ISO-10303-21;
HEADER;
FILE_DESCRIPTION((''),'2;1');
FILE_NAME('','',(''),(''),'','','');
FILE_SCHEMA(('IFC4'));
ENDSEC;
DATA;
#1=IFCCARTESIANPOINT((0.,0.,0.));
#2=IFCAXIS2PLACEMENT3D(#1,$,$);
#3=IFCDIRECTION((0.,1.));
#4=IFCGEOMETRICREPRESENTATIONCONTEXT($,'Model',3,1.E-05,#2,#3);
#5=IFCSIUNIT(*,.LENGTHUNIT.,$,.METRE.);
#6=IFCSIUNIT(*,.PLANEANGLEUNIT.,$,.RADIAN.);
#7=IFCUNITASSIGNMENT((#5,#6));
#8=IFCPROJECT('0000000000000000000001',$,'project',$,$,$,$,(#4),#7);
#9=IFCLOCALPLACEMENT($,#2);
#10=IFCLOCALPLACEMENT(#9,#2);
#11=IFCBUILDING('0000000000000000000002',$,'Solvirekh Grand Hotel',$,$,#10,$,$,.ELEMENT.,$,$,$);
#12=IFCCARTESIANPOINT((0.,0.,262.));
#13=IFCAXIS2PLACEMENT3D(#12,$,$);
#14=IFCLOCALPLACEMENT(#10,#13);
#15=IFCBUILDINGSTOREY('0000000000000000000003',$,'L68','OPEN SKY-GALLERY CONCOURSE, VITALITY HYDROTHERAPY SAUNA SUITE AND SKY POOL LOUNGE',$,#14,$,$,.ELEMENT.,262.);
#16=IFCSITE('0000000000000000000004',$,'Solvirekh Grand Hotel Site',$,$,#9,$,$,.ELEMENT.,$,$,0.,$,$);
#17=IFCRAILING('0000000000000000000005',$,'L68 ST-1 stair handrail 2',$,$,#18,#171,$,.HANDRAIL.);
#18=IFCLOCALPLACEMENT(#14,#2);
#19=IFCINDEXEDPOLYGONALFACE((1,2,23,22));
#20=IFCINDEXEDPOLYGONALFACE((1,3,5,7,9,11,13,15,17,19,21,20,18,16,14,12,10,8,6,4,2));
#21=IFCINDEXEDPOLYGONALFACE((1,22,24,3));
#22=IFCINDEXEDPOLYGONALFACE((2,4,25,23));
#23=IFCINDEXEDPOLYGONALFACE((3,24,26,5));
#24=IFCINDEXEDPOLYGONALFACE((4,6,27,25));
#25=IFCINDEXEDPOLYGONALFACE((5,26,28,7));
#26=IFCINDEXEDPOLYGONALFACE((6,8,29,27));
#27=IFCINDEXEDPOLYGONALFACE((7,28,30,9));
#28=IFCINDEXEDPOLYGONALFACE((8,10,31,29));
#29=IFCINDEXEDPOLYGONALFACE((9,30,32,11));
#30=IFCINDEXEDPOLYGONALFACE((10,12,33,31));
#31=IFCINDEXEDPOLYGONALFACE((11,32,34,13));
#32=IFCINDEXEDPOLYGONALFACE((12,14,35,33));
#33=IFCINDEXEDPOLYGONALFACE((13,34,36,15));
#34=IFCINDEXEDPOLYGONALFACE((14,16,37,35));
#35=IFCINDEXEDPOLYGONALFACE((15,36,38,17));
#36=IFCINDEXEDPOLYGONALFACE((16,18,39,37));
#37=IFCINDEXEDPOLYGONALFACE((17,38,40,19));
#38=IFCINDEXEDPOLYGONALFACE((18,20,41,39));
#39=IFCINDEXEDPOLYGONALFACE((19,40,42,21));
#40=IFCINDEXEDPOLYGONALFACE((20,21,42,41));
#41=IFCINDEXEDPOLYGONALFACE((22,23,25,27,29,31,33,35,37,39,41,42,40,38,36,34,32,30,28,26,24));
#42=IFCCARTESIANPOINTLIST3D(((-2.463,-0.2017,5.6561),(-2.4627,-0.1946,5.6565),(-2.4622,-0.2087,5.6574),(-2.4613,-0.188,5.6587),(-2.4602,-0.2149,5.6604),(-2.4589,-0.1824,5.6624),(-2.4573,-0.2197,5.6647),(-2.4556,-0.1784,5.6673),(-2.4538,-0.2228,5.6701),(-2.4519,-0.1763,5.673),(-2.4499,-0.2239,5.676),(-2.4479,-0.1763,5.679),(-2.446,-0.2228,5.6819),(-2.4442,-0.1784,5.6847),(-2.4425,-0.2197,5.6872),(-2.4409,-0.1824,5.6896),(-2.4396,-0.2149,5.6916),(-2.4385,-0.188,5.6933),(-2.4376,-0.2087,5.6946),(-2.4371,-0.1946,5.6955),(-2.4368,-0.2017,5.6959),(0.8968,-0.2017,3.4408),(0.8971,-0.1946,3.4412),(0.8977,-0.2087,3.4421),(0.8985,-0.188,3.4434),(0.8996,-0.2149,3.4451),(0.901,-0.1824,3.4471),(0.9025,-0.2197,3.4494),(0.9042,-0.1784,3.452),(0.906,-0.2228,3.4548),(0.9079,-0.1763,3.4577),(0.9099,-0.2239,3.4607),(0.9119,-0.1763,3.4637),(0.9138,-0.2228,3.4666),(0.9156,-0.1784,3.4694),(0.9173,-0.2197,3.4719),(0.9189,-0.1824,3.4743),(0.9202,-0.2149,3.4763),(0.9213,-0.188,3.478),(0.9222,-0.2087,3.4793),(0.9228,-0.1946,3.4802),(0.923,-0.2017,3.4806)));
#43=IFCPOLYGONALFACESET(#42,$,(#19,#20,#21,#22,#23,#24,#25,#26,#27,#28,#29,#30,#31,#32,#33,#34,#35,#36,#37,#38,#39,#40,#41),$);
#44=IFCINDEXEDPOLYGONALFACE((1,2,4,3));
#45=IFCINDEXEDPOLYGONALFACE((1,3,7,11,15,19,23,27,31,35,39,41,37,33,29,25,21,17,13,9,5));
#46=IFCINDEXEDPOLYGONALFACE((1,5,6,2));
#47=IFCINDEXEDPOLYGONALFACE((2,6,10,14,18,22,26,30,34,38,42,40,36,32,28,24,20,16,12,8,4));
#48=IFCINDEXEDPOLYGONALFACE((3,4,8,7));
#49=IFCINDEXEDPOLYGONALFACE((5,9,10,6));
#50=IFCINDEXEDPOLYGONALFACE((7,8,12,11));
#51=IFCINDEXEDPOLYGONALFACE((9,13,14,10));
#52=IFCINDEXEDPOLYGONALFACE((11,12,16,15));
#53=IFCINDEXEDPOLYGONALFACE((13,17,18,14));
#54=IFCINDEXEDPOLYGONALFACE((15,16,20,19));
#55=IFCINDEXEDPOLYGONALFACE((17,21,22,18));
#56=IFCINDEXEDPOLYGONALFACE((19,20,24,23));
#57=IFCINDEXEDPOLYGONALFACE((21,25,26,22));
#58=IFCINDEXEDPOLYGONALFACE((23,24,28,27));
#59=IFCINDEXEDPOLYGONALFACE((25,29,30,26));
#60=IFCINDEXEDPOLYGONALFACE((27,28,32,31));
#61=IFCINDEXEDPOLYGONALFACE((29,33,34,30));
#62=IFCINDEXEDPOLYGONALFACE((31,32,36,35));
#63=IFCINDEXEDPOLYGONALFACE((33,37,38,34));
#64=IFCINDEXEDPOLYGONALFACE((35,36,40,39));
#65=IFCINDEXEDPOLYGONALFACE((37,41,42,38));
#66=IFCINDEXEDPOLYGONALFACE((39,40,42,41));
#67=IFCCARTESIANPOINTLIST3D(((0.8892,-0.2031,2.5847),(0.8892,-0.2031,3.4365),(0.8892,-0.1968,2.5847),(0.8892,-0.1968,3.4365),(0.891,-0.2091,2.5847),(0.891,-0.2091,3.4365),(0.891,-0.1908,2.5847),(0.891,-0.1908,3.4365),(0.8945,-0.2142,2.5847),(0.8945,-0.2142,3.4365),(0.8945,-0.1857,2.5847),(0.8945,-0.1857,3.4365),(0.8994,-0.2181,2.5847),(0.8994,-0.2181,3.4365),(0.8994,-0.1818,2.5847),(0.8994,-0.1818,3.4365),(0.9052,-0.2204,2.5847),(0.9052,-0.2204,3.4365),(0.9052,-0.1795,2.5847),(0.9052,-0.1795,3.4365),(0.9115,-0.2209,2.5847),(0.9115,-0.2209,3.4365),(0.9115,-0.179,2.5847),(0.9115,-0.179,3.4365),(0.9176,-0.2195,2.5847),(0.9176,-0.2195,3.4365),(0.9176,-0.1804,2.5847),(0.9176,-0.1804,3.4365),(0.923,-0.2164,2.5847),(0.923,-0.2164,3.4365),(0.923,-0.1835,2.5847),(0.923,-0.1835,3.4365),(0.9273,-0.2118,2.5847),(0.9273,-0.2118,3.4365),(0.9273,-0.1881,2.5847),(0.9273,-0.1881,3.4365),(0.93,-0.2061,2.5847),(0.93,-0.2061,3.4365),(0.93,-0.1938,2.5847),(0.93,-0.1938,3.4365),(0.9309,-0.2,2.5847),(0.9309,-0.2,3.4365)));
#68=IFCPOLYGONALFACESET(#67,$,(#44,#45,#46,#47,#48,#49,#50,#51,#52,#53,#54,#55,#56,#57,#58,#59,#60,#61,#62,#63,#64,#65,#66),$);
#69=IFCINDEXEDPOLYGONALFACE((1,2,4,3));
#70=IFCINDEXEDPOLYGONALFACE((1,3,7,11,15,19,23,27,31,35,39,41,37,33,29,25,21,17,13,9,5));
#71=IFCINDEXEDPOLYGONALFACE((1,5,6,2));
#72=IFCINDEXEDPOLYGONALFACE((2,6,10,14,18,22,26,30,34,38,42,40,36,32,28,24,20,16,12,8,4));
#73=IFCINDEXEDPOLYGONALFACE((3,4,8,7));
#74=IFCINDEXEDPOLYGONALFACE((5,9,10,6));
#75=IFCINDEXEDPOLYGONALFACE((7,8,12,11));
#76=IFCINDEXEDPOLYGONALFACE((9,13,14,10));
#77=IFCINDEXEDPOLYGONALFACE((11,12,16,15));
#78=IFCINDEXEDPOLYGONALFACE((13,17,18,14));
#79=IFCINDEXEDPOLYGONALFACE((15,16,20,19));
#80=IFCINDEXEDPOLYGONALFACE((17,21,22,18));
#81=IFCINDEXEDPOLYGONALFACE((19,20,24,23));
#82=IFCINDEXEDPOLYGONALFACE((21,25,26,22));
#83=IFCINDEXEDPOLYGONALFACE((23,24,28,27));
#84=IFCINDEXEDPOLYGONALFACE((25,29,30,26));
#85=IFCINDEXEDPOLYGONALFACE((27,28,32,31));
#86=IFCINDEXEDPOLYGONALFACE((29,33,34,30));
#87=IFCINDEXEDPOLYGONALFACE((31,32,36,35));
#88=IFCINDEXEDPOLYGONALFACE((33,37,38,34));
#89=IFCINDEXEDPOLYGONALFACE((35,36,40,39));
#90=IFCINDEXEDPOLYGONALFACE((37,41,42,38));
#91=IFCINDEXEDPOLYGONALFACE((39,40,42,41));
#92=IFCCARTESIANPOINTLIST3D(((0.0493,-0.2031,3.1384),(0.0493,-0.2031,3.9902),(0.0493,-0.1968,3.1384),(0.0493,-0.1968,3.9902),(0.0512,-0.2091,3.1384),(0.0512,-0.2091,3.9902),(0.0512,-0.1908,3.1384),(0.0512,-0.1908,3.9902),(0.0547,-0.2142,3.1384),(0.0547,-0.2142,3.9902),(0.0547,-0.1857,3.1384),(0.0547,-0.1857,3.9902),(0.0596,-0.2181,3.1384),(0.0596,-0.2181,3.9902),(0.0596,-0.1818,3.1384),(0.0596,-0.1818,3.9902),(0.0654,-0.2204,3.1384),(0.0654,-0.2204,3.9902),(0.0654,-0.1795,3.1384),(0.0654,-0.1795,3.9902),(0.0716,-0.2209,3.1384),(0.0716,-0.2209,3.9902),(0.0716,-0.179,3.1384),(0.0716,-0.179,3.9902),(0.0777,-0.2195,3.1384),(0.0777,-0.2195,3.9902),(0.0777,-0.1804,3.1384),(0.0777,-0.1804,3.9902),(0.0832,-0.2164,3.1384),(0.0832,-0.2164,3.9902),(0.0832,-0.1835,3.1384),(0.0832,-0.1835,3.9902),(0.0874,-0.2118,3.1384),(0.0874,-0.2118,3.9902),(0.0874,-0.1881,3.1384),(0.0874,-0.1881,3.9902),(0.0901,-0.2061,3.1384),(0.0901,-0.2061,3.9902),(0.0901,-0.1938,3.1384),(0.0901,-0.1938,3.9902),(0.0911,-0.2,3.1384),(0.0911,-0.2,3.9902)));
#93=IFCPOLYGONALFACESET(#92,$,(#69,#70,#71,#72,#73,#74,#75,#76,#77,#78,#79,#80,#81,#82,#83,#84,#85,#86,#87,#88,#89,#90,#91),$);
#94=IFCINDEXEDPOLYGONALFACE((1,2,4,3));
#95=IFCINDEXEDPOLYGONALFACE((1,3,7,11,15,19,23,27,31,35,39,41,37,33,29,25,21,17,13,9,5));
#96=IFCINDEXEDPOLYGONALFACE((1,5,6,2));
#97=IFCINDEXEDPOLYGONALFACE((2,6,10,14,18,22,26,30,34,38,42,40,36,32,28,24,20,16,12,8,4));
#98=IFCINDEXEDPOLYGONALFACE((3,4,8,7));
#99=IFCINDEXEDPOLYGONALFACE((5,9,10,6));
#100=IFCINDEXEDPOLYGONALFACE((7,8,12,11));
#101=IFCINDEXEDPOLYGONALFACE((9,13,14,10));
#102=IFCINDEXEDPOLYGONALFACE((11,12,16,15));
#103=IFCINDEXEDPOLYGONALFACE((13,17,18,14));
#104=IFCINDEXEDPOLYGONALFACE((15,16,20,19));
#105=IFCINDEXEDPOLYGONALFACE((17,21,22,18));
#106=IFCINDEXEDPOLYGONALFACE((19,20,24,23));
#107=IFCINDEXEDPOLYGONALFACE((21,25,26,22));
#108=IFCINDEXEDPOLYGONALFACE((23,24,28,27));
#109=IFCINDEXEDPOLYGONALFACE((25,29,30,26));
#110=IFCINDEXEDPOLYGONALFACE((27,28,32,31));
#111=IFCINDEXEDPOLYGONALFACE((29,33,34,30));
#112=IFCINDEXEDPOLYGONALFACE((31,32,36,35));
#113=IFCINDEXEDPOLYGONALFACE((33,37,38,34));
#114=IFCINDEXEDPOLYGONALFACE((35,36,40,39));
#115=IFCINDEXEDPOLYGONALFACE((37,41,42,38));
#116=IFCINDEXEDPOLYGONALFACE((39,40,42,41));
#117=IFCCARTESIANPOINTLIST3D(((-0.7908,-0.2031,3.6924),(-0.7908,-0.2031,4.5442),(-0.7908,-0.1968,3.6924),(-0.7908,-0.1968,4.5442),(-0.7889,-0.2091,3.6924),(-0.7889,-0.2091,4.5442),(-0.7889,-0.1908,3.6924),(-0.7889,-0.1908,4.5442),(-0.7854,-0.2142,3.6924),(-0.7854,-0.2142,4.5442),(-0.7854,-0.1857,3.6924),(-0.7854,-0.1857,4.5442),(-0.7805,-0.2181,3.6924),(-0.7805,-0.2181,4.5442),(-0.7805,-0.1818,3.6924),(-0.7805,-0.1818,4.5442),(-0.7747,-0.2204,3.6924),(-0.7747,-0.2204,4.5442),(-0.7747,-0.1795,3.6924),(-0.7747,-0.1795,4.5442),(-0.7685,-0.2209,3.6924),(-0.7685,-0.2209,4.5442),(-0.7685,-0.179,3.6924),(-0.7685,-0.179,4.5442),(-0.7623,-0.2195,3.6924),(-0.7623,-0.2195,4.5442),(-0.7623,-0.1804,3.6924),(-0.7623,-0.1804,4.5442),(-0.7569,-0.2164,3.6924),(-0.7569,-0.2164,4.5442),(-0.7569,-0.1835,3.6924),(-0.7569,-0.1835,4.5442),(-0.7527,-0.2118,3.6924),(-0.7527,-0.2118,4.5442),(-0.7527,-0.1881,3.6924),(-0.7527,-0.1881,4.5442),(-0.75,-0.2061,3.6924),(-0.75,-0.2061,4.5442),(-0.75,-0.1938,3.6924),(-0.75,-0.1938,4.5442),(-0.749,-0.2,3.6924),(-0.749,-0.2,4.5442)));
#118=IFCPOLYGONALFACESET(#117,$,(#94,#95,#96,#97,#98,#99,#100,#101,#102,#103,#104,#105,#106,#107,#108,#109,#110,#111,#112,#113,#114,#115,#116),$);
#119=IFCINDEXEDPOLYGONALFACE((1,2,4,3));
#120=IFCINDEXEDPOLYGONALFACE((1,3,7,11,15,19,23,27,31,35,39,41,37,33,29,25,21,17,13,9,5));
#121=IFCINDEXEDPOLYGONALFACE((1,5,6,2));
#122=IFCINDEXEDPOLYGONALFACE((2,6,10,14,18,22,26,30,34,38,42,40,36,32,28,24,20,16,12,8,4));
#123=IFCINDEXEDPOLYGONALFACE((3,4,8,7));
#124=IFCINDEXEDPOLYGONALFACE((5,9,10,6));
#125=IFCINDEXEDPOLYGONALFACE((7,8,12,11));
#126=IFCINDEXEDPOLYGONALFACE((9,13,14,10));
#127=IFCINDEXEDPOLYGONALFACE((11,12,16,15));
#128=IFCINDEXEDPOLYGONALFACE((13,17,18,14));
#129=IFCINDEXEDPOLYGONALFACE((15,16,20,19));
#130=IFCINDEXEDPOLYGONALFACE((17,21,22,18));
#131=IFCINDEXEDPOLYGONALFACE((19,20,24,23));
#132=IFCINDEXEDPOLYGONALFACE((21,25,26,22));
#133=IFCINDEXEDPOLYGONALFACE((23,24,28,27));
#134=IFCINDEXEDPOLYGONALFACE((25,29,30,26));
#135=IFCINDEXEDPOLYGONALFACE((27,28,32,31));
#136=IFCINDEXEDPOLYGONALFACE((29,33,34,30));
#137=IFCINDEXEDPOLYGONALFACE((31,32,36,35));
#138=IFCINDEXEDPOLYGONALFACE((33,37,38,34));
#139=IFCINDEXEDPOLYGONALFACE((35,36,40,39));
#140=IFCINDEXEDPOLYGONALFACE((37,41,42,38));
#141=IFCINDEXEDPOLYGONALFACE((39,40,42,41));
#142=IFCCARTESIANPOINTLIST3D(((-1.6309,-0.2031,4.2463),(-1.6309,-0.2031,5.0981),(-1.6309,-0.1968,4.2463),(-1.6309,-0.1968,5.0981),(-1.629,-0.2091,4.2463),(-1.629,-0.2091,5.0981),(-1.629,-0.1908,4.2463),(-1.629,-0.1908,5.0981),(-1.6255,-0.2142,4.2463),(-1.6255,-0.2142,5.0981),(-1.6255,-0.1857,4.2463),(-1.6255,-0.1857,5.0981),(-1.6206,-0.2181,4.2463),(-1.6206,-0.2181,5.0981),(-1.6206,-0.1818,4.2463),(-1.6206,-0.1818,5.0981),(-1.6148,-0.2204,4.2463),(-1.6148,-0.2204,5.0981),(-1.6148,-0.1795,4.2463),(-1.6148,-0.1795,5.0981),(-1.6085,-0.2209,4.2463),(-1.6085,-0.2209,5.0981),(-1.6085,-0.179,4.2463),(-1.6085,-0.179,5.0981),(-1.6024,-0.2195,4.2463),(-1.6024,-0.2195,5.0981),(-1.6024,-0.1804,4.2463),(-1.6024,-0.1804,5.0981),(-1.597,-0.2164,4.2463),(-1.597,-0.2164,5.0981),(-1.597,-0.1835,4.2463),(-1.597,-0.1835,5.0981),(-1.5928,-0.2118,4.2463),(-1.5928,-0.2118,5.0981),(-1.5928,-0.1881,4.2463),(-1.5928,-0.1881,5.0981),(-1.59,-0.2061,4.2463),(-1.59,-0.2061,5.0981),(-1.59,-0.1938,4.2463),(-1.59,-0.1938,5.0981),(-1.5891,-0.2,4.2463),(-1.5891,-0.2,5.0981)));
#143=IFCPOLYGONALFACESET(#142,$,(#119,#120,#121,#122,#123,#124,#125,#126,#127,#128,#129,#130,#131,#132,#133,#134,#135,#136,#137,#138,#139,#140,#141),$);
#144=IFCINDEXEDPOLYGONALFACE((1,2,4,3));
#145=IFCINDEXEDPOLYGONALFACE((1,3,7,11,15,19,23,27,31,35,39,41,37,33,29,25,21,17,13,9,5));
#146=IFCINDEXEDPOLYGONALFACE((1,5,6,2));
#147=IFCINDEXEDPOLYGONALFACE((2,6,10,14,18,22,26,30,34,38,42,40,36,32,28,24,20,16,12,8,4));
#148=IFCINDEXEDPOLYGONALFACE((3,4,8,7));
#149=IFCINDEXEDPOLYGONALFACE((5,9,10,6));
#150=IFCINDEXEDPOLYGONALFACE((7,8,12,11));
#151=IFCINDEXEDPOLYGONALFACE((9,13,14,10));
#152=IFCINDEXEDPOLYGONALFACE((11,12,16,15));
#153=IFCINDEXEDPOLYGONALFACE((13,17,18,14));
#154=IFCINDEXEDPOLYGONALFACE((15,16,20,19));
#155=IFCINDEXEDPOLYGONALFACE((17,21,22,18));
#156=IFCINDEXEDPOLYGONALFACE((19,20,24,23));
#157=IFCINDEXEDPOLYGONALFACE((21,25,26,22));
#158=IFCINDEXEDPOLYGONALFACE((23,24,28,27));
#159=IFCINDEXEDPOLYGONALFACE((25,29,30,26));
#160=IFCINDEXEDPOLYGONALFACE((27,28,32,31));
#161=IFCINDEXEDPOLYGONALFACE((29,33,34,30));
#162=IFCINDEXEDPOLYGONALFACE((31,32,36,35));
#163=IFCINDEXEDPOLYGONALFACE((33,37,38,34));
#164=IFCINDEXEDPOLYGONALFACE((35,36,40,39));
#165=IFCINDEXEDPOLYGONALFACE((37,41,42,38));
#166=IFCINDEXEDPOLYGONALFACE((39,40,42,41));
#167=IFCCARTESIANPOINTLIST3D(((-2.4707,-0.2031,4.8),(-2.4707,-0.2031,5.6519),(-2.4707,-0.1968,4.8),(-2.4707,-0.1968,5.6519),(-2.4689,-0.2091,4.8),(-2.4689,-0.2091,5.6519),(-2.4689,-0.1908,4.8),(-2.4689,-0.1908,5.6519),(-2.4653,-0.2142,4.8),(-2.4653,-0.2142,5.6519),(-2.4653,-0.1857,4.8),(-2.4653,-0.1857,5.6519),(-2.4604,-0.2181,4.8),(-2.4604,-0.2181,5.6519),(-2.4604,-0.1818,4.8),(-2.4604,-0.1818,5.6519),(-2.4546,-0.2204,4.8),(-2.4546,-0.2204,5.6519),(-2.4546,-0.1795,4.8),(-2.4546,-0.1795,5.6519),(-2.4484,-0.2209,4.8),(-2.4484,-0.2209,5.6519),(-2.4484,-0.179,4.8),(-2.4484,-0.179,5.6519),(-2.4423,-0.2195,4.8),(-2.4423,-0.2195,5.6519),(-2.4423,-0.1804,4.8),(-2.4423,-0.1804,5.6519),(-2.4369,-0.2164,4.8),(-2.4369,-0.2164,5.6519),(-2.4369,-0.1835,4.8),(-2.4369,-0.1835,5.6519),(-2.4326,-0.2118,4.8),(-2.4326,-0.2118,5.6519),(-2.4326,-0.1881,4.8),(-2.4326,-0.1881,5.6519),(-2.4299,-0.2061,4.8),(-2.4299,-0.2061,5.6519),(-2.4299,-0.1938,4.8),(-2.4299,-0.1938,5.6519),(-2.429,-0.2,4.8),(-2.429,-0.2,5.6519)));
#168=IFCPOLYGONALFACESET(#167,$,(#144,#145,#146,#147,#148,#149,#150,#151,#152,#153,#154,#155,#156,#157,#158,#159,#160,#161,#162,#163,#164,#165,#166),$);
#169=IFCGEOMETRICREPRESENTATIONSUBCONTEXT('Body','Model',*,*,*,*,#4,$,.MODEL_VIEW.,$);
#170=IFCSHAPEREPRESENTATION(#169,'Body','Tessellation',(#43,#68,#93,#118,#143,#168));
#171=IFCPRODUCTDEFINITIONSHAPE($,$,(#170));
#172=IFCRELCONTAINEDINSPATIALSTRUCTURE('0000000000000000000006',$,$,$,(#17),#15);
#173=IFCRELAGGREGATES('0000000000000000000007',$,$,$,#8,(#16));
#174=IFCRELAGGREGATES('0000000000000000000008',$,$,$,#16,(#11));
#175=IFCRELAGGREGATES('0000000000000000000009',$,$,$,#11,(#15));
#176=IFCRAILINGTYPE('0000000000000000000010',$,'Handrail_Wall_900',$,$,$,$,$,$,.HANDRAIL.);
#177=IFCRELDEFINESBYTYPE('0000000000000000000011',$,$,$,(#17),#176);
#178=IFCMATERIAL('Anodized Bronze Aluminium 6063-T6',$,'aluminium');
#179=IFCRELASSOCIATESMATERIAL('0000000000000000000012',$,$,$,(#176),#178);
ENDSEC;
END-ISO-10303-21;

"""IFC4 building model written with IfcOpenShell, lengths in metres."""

from ifc_helpers import new_model, si_unit, direction, frame, origin, origin_2d, place, context, subcontext, project, spatial, circle, extrude, material, type_object, element, save


model = new_model("IFC4")

# Units and contexts
model_context = context("Model", 3, precision=1e-05, world=origin(), true_north=direction((0.0, 1.0)))
body_context = subcontext(model_context, "Body", "Model", "MODEL_VIEW")
ifc_project = project(units=[si_unit("LENGTHUNIT", "METRE"), si_unit("PLANEANGLEUNIT", "RADIAN")], contexts=[model_context])

# Site, building, storey
site_placement = place(None, origin())
site = spatial("IfcSite", under=ifc_project, at=site_placement, Name="Solvirekh Grand Hotel Site", CompositionType="ELEMENT", RefElevation=0.0)
building_placement = place(site_placement, origin())
building = spatial("IfcBuilding", under=site, at=building_placement, Name="Solvirekh Grand Hotel", CompositionType="ELEMENT")
storey_placement = place(building_placement, frame((0.0, 0.0, 262.0)))
storey = spatial("IfcBuildingStorey", under=building, at=storey_placement, Name="L68", Description="OPEN SKY-GALLERY CONCOURSE, VITALITY HYDROTHERAPY SAUNA SUITE AND SKY POOL LOUNGE", CompositionType="ELEMENT", Elevation=262.0)

# Railing
ifc_material_1 = material(Name="Anodized Bronze Aluminium 6063-T6", Category="aluminium")
railing_type_1 = type_object("IfcRailingType", Name="Handrail_Wall_900", PredefinedType="HANDRAIL", material=ifc_material_1)
railing_1_placement = place(storey_placement, frame((0.9099, -0.2, 2.5847)))
element("IfcRailing", 1, at=railing_1_placement, inside=storey, type_object=railing_type_1, Name="L68 ST-1 stair handrail 2", PredefinedType="HANDRAIL", context=body_context, shape_type="SweptSolid", body=[
    extrude(circle(Radius=0.0239, at=origin_2d()), frame((0.0, 0.0, 0.876), z_axis=(-0.834858, 0.0, 0.550465), x_axis=(0.0, -1.0, 0.0)), (0.0, 0.0, 1.0), 4.0244),
    extrude(circle(Radius=0.021, at=origin_2d()), origin(), (0.0, 0.0, 1.0), 0.8518),
    extrude(circle(Radius=0.021, at=origin_2d()), frame((-0.8398, 0.0, 0.5537)), (0.0, 0.0, 1.0), 0.8518),
    extrude(circle(Radius=0.021, at=origin_2d()), frame((-1.6799, 0.0, 1.1077)), (0.0, 0.0, 1.0), 0.8518),
    extrude(circle(Radius=0.021, at=origin_2d()), frame((-2.52, 0.0, 1.6616)), (0.0, 0.0, 1.0), 0.8518),
    extrude(circle(Radius=0.021, at=origin_2d()), frame((-3.3599, 0.0, 2.2153)), (0.0, 0.0, 1.0), 0.8518),
])

save(model, "model.ifc")
